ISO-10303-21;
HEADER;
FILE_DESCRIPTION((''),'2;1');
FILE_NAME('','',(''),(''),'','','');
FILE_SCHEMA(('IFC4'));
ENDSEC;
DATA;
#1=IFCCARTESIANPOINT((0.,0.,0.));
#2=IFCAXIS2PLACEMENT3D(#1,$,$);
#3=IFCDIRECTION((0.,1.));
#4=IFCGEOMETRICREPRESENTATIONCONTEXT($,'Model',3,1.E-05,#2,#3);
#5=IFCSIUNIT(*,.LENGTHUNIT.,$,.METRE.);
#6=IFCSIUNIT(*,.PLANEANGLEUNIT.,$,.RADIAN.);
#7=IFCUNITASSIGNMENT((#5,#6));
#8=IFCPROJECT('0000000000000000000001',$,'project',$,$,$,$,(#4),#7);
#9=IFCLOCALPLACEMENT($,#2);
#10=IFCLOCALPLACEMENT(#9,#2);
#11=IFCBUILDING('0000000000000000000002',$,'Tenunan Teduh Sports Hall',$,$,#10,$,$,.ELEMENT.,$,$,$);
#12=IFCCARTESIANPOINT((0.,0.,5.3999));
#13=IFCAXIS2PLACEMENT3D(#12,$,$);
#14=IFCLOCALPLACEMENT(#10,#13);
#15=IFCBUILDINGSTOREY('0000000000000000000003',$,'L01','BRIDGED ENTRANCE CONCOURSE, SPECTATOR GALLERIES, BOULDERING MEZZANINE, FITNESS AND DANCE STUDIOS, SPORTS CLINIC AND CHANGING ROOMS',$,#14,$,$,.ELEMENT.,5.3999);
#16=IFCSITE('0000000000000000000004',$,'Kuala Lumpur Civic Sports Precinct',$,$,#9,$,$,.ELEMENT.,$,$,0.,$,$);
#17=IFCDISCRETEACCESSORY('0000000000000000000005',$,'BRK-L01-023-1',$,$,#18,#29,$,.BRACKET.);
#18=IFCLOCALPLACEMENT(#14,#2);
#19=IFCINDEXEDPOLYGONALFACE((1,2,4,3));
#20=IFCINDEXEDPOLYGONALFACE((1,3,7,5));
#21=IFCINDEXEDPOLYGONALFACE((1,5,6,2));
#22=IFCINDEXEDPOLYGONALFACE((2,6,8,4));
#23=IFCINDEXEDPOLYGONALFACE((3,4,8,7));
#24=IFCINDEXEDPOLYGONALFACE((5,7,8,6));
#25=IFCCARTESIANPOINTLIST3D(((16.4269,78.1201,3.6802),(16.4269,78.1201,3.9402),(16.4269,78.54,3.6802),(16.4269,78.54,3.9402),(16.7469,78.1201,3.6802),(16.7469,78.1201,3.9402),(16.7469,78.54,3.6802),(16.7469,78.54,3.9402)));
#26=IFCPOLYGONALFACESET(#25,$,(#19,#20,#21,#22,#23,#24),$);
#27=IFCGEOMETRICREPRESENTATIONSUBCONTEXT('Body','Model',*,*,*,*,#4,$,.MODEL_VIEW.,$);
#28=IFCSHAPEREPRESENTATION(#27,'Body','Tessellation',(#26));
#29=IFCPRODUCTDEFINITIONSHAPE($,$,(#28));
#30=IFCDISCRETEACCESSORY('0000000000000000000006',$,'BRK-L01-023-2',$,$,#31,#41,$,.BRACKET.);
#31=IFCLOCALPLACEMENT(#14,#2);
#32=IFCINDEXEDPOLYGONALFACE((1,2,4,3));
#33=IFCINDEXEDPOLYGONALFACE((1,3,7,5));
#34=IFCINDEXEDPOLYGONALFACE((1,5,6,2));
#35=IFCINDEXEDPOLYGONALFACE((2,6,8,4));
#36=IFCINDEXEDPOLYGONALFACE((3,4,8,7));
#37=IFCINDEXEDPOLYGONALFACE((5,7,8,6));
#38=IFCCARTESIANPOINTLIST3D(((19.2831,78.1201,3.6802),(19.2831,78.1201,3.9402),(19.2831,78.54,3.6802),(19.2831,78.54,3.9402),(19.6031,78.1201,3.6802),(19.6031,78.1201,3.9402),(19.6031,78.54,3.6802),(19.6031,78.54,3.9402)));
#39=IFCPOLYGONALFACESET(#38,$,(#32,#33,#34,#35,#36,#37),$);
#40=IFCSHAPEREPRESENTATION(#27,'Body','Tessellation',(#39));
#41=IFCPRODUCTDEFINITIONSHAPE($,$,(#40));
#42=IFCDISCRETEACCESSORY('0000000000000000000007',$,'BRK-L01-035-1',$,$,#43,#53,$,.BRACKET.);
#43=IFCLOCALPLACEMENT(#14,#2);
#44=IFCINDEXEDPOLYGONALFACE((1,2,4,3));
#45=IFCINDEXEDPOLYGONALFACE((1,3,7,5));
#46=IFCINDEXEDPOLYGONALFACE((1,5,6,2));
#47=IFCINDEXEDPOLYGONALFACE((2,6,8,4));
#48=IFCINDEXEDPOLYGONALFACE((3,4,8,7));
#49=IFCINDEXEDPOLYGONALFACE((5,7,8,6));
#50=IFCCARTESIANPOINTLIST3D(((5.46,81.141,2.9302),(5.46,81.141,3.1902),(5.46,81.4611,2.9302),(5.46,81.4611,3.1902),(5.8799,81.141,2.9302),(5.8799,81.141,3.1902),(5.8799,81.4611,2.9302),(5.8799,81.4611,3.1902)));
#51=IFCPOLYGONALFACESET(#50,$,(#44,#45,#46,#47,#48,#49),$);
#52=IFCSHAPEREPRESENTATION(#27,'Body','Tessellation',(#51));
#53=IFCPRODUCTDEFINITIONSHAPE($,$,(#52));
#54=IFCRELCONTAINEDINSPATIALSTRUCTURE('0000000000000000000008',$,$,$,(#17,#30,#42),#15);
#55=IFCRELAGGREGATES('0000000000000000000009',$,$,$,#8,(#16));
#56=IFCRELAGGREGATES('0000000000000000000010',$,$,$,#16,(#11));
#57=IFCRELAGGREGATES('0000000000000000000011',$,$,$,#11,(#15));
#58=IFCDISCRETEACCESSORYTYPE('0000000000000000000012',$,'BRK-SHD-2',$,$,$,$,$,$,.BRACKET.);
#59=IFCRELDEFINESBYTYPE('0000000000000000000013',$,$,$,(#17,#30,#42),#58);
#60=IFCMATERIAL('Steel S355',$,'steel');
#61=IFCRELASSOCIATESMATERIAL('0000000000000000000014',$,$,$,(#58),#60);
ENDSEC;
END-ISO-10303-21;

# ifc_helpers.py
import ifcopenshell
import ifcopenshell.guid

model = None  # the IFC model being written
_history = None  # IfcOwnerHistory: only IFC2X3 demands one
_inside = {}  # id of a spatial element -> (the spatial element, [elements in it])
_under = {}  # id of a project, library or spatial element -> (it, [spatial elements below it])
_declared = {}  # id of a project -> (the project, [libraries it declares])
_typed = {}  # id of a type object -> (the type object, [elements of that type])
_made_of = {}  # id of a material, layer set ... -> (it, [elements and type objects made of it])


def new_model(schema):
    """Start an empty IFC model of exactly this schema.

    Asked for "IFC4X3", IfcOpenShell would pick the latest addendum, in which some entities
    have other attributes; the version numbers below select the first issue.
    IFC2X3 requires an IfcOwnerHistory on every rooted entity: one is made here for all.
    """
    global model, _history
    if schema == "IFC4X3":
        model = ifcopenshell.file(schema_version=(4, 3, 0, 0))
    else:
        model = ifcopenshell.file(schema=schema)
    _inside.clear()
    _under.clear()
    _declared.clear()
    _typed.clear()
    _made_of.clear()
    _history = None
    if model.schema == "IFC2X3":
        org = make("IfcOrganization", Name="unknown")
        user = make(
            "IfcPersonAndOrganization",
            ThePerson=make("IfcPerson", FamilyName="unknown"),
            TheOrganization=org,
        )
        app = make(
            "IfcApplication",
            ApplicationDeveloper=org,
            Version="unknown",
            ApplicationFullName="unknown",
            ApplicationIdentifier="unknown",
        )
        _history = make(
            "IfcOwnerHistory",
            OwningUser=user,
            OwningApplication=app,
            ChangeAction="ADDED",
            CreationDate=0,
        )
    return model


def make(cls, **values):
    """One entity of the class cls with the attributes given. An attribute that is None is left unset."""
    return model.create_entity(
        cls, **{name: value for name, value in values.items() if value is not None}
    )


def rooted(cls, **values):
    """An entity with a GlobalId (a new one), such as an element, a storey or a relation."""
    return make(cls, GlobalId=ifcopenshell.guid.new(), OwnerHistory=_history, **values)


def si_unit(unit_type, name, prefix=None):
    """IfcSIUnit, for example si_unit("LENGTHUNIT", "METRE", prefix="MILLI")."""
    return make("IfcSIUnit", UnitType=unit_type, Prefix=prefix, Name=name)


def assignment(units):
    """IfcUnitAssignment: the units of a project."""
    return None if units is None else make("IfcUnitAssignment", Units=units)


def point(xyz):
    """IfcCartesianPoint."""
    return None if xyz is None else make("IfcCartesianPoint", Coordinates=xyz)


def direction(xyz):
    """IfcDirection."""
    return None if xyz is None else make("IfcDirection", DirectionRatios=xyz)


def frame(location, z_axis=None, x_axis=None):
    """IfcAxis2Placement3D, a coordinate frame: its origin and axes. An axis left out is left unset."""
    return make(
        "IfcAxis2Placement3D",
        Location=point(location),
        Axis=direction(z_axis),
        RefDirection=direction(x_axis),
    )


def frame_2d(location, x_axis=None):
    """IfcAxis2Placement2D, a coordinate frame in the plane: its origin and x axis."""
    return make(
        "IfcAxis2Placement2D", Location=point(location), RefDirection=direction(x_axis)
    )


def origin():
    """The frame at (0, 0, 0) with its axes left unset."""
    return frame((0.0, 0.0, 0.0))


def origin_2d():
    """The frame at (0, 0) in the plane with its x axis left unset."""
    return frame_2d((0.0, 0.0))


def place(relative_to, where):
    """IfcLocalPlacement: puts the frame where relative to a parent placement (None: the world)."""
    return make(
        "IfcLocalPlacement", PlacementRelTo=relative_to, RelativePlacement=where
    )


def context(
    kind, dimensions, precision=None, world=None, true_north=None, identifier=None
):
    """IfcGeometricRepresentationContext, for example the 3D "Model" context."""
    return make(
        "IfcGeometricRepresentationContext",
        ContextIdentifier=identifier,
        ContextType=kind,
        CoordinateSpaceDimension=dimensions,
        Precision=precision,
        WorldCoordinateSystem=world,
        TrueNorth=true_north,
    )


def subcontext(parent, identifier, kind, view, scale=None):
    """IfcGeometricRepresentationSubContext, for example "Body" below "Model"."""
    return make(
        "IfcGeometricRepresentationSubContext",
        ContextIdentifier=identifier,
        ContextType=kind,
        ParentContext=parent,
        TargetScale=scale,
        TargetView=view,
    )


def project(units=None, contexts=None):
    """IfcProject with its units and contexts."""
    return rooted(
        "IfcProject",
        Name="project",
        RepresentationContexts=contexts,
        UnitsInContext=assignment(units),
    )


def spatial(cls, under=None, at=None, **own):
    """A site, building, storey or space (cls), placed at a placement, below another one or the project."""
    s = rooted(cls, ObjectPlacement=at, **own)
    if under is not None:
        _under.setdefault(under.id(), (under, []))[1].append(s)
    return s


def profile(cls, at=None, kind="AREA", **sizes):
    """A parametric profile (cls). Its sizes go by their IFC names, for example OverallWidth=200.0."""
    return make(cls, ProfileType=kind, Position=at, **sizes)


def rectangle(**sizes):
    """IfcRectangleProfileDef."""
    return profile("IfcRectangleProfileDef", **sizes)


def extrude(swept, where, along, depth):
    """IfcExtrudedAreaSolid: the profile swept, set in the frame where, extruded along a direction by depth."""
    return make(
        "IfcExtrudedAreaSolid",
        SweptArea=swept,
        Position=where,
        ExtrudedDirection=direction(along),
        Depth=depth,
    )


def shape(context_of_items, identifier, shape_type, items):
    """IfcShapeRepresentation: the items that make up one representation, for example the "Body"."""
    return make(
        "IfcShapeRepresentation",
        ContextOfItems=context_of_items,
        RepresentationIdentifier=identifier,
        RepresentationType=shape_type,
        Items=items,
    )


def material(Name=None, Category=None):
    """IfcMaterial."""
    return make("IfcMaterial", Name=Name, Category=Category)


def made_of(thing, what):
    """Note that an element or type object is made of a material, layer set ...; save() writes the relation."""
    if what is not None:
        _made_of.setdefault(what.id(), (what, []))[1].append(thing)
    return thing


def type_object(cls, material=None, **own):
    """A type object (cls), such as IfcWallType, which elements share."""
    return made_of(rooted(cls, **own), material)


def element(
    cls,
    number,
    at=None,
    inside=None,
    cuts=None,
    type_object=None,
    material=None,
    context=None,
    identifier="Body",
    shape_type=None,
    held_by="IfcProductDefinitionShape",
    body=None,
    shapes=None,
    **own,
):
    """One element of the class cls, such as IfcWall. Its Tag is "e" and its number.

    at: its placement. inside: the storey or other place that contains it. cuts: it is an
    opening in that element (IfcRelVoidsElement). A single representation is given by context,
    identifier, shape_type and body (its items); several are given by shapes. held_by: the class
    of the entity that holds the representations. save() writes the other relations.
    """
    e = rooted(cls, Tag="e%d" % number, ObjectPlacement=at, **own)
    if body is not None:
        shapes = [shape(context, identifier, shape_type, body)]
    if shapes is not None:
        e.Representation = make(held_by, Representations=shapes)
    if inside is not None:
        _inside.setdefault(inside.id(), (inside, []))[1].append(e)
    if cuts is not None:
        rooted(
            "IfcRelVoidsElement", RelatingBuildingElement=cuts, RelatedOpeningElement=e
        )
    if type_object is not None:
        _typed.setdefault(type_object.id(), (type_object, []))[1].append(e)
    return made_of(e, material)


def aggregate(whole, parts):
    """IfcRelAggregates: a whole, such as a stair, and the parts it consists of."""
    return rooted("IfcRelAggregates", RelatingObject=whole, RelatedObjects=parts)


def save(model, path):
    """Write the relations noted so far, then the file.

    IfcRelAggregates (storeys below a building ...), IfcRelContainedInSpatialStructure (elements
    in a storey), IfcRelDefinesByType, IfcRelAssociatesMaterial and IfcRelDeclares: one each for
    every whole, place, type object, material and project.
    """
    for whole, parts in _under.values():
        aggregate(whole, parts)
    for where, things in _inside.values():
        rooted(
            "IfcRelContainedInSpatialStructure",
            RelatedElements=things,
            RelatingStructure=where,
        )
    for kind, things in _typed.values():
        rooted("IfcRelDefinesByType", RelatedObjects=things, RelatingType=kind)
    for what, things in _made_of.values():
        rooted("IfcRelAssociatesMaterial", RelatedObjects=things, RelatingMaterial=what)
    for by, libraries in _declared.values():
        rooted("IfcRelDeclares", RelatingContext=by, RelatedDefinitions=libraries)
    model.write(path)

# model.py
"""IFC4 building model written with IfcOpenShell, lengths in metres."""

from ifc_helpers import new_model, si_unit, direction, frame, origin, origin_2d, place, context, subcontext, project, spatial, rectangle, extrude, material, type_object, element, save


model = new_model("IFC4")

# Units and contexts
model_context = context("Model", 3, precision=1e-05, world=origin(), true_north=direction((0.0, 1.0)))
body_context = subcontext(model_context, "Body", "Model", "MODEL_VIEW")
ifc_project = project(units=[si_unit("LENGTHUNIT", "METRE"), si_unit("PLANEANGLEUNIT", "RADIAN")], contexts=[model_context])

# Site, building, storey
site_placement = place(None, origin())
site = spatial("IfcSite", under=ifc_project, at=site_placement, Name="Kuala Lumpur Civic Sports Precinct", CompositionType="ELEMENT", RefElevation=0.0)
building_placement = place(site_placement, origin())
building = spatial("IfcBuilding", under=site, at=building_placement, Name="Tenunan Teduh Sports Hall", CompositionType="ELEMENT")
storey_placement = place(building_placement, frame((0.0, 0.0, 5.3999)))
storey = spatial("IfcBuildingStorey", under=building, at=storey_placement, Name="L01", Description="BRIDGED ENTRANCE CONCOURSE, SPECTATOR GALLERIES, BOULDERING MEZZANINE, FITNESS AND DANCE STUDIOS, SPORTS CLINIC AND CHANGING ROOMS", CompositionType="ELEMENT", Elevation=5.3999)

# Discrete accessories
ifc_material_1 = material(Name="Steel S355", Category="steel")
discrete_accessory_type_1 = type_object("IfcDiscreteAccessoryType", Name="BRK-SHD-2", PredefinedType="BRACKET", material=ifc_material_1)
for number, where, z_axis, x_axis, name in (
    (1, (16.5869, 78.3301, 3.6802), (0.0, 0.0, 1.0), (1.0, 0.0, 0.0), "BRK-L01-023-1"),
    (2, (19.4431, 78.3301, 3.6802), (0.0, 0.0, 1.0), (1.0, 0.0, 0.0), "BRK-L01-023-2"),
    (3, (5.6699, 81.301, 2.9302), (0.0, 0.0, 1.0), (0.0, 1.0, 0.0), "BRK-L01-035-1"),
):
    element("IfcDiscreteAccessory", number, at=place(storey_placement, frame(where, z_axis=z_axis, x_axis=x_axis)), inside=storey, type_object=discrete_accessory_type_1, Name=name, PredefinedType="BRACKET", context=body_context, shape_type="SweptSolid", body=[
        extrude(rectangle(XDim=0.3201, YDim=0.4199, at=origin_2d()), origin(), (0.0, 0.0, 1.0), 0.26),
    ])

save(model, "model.ifc")
